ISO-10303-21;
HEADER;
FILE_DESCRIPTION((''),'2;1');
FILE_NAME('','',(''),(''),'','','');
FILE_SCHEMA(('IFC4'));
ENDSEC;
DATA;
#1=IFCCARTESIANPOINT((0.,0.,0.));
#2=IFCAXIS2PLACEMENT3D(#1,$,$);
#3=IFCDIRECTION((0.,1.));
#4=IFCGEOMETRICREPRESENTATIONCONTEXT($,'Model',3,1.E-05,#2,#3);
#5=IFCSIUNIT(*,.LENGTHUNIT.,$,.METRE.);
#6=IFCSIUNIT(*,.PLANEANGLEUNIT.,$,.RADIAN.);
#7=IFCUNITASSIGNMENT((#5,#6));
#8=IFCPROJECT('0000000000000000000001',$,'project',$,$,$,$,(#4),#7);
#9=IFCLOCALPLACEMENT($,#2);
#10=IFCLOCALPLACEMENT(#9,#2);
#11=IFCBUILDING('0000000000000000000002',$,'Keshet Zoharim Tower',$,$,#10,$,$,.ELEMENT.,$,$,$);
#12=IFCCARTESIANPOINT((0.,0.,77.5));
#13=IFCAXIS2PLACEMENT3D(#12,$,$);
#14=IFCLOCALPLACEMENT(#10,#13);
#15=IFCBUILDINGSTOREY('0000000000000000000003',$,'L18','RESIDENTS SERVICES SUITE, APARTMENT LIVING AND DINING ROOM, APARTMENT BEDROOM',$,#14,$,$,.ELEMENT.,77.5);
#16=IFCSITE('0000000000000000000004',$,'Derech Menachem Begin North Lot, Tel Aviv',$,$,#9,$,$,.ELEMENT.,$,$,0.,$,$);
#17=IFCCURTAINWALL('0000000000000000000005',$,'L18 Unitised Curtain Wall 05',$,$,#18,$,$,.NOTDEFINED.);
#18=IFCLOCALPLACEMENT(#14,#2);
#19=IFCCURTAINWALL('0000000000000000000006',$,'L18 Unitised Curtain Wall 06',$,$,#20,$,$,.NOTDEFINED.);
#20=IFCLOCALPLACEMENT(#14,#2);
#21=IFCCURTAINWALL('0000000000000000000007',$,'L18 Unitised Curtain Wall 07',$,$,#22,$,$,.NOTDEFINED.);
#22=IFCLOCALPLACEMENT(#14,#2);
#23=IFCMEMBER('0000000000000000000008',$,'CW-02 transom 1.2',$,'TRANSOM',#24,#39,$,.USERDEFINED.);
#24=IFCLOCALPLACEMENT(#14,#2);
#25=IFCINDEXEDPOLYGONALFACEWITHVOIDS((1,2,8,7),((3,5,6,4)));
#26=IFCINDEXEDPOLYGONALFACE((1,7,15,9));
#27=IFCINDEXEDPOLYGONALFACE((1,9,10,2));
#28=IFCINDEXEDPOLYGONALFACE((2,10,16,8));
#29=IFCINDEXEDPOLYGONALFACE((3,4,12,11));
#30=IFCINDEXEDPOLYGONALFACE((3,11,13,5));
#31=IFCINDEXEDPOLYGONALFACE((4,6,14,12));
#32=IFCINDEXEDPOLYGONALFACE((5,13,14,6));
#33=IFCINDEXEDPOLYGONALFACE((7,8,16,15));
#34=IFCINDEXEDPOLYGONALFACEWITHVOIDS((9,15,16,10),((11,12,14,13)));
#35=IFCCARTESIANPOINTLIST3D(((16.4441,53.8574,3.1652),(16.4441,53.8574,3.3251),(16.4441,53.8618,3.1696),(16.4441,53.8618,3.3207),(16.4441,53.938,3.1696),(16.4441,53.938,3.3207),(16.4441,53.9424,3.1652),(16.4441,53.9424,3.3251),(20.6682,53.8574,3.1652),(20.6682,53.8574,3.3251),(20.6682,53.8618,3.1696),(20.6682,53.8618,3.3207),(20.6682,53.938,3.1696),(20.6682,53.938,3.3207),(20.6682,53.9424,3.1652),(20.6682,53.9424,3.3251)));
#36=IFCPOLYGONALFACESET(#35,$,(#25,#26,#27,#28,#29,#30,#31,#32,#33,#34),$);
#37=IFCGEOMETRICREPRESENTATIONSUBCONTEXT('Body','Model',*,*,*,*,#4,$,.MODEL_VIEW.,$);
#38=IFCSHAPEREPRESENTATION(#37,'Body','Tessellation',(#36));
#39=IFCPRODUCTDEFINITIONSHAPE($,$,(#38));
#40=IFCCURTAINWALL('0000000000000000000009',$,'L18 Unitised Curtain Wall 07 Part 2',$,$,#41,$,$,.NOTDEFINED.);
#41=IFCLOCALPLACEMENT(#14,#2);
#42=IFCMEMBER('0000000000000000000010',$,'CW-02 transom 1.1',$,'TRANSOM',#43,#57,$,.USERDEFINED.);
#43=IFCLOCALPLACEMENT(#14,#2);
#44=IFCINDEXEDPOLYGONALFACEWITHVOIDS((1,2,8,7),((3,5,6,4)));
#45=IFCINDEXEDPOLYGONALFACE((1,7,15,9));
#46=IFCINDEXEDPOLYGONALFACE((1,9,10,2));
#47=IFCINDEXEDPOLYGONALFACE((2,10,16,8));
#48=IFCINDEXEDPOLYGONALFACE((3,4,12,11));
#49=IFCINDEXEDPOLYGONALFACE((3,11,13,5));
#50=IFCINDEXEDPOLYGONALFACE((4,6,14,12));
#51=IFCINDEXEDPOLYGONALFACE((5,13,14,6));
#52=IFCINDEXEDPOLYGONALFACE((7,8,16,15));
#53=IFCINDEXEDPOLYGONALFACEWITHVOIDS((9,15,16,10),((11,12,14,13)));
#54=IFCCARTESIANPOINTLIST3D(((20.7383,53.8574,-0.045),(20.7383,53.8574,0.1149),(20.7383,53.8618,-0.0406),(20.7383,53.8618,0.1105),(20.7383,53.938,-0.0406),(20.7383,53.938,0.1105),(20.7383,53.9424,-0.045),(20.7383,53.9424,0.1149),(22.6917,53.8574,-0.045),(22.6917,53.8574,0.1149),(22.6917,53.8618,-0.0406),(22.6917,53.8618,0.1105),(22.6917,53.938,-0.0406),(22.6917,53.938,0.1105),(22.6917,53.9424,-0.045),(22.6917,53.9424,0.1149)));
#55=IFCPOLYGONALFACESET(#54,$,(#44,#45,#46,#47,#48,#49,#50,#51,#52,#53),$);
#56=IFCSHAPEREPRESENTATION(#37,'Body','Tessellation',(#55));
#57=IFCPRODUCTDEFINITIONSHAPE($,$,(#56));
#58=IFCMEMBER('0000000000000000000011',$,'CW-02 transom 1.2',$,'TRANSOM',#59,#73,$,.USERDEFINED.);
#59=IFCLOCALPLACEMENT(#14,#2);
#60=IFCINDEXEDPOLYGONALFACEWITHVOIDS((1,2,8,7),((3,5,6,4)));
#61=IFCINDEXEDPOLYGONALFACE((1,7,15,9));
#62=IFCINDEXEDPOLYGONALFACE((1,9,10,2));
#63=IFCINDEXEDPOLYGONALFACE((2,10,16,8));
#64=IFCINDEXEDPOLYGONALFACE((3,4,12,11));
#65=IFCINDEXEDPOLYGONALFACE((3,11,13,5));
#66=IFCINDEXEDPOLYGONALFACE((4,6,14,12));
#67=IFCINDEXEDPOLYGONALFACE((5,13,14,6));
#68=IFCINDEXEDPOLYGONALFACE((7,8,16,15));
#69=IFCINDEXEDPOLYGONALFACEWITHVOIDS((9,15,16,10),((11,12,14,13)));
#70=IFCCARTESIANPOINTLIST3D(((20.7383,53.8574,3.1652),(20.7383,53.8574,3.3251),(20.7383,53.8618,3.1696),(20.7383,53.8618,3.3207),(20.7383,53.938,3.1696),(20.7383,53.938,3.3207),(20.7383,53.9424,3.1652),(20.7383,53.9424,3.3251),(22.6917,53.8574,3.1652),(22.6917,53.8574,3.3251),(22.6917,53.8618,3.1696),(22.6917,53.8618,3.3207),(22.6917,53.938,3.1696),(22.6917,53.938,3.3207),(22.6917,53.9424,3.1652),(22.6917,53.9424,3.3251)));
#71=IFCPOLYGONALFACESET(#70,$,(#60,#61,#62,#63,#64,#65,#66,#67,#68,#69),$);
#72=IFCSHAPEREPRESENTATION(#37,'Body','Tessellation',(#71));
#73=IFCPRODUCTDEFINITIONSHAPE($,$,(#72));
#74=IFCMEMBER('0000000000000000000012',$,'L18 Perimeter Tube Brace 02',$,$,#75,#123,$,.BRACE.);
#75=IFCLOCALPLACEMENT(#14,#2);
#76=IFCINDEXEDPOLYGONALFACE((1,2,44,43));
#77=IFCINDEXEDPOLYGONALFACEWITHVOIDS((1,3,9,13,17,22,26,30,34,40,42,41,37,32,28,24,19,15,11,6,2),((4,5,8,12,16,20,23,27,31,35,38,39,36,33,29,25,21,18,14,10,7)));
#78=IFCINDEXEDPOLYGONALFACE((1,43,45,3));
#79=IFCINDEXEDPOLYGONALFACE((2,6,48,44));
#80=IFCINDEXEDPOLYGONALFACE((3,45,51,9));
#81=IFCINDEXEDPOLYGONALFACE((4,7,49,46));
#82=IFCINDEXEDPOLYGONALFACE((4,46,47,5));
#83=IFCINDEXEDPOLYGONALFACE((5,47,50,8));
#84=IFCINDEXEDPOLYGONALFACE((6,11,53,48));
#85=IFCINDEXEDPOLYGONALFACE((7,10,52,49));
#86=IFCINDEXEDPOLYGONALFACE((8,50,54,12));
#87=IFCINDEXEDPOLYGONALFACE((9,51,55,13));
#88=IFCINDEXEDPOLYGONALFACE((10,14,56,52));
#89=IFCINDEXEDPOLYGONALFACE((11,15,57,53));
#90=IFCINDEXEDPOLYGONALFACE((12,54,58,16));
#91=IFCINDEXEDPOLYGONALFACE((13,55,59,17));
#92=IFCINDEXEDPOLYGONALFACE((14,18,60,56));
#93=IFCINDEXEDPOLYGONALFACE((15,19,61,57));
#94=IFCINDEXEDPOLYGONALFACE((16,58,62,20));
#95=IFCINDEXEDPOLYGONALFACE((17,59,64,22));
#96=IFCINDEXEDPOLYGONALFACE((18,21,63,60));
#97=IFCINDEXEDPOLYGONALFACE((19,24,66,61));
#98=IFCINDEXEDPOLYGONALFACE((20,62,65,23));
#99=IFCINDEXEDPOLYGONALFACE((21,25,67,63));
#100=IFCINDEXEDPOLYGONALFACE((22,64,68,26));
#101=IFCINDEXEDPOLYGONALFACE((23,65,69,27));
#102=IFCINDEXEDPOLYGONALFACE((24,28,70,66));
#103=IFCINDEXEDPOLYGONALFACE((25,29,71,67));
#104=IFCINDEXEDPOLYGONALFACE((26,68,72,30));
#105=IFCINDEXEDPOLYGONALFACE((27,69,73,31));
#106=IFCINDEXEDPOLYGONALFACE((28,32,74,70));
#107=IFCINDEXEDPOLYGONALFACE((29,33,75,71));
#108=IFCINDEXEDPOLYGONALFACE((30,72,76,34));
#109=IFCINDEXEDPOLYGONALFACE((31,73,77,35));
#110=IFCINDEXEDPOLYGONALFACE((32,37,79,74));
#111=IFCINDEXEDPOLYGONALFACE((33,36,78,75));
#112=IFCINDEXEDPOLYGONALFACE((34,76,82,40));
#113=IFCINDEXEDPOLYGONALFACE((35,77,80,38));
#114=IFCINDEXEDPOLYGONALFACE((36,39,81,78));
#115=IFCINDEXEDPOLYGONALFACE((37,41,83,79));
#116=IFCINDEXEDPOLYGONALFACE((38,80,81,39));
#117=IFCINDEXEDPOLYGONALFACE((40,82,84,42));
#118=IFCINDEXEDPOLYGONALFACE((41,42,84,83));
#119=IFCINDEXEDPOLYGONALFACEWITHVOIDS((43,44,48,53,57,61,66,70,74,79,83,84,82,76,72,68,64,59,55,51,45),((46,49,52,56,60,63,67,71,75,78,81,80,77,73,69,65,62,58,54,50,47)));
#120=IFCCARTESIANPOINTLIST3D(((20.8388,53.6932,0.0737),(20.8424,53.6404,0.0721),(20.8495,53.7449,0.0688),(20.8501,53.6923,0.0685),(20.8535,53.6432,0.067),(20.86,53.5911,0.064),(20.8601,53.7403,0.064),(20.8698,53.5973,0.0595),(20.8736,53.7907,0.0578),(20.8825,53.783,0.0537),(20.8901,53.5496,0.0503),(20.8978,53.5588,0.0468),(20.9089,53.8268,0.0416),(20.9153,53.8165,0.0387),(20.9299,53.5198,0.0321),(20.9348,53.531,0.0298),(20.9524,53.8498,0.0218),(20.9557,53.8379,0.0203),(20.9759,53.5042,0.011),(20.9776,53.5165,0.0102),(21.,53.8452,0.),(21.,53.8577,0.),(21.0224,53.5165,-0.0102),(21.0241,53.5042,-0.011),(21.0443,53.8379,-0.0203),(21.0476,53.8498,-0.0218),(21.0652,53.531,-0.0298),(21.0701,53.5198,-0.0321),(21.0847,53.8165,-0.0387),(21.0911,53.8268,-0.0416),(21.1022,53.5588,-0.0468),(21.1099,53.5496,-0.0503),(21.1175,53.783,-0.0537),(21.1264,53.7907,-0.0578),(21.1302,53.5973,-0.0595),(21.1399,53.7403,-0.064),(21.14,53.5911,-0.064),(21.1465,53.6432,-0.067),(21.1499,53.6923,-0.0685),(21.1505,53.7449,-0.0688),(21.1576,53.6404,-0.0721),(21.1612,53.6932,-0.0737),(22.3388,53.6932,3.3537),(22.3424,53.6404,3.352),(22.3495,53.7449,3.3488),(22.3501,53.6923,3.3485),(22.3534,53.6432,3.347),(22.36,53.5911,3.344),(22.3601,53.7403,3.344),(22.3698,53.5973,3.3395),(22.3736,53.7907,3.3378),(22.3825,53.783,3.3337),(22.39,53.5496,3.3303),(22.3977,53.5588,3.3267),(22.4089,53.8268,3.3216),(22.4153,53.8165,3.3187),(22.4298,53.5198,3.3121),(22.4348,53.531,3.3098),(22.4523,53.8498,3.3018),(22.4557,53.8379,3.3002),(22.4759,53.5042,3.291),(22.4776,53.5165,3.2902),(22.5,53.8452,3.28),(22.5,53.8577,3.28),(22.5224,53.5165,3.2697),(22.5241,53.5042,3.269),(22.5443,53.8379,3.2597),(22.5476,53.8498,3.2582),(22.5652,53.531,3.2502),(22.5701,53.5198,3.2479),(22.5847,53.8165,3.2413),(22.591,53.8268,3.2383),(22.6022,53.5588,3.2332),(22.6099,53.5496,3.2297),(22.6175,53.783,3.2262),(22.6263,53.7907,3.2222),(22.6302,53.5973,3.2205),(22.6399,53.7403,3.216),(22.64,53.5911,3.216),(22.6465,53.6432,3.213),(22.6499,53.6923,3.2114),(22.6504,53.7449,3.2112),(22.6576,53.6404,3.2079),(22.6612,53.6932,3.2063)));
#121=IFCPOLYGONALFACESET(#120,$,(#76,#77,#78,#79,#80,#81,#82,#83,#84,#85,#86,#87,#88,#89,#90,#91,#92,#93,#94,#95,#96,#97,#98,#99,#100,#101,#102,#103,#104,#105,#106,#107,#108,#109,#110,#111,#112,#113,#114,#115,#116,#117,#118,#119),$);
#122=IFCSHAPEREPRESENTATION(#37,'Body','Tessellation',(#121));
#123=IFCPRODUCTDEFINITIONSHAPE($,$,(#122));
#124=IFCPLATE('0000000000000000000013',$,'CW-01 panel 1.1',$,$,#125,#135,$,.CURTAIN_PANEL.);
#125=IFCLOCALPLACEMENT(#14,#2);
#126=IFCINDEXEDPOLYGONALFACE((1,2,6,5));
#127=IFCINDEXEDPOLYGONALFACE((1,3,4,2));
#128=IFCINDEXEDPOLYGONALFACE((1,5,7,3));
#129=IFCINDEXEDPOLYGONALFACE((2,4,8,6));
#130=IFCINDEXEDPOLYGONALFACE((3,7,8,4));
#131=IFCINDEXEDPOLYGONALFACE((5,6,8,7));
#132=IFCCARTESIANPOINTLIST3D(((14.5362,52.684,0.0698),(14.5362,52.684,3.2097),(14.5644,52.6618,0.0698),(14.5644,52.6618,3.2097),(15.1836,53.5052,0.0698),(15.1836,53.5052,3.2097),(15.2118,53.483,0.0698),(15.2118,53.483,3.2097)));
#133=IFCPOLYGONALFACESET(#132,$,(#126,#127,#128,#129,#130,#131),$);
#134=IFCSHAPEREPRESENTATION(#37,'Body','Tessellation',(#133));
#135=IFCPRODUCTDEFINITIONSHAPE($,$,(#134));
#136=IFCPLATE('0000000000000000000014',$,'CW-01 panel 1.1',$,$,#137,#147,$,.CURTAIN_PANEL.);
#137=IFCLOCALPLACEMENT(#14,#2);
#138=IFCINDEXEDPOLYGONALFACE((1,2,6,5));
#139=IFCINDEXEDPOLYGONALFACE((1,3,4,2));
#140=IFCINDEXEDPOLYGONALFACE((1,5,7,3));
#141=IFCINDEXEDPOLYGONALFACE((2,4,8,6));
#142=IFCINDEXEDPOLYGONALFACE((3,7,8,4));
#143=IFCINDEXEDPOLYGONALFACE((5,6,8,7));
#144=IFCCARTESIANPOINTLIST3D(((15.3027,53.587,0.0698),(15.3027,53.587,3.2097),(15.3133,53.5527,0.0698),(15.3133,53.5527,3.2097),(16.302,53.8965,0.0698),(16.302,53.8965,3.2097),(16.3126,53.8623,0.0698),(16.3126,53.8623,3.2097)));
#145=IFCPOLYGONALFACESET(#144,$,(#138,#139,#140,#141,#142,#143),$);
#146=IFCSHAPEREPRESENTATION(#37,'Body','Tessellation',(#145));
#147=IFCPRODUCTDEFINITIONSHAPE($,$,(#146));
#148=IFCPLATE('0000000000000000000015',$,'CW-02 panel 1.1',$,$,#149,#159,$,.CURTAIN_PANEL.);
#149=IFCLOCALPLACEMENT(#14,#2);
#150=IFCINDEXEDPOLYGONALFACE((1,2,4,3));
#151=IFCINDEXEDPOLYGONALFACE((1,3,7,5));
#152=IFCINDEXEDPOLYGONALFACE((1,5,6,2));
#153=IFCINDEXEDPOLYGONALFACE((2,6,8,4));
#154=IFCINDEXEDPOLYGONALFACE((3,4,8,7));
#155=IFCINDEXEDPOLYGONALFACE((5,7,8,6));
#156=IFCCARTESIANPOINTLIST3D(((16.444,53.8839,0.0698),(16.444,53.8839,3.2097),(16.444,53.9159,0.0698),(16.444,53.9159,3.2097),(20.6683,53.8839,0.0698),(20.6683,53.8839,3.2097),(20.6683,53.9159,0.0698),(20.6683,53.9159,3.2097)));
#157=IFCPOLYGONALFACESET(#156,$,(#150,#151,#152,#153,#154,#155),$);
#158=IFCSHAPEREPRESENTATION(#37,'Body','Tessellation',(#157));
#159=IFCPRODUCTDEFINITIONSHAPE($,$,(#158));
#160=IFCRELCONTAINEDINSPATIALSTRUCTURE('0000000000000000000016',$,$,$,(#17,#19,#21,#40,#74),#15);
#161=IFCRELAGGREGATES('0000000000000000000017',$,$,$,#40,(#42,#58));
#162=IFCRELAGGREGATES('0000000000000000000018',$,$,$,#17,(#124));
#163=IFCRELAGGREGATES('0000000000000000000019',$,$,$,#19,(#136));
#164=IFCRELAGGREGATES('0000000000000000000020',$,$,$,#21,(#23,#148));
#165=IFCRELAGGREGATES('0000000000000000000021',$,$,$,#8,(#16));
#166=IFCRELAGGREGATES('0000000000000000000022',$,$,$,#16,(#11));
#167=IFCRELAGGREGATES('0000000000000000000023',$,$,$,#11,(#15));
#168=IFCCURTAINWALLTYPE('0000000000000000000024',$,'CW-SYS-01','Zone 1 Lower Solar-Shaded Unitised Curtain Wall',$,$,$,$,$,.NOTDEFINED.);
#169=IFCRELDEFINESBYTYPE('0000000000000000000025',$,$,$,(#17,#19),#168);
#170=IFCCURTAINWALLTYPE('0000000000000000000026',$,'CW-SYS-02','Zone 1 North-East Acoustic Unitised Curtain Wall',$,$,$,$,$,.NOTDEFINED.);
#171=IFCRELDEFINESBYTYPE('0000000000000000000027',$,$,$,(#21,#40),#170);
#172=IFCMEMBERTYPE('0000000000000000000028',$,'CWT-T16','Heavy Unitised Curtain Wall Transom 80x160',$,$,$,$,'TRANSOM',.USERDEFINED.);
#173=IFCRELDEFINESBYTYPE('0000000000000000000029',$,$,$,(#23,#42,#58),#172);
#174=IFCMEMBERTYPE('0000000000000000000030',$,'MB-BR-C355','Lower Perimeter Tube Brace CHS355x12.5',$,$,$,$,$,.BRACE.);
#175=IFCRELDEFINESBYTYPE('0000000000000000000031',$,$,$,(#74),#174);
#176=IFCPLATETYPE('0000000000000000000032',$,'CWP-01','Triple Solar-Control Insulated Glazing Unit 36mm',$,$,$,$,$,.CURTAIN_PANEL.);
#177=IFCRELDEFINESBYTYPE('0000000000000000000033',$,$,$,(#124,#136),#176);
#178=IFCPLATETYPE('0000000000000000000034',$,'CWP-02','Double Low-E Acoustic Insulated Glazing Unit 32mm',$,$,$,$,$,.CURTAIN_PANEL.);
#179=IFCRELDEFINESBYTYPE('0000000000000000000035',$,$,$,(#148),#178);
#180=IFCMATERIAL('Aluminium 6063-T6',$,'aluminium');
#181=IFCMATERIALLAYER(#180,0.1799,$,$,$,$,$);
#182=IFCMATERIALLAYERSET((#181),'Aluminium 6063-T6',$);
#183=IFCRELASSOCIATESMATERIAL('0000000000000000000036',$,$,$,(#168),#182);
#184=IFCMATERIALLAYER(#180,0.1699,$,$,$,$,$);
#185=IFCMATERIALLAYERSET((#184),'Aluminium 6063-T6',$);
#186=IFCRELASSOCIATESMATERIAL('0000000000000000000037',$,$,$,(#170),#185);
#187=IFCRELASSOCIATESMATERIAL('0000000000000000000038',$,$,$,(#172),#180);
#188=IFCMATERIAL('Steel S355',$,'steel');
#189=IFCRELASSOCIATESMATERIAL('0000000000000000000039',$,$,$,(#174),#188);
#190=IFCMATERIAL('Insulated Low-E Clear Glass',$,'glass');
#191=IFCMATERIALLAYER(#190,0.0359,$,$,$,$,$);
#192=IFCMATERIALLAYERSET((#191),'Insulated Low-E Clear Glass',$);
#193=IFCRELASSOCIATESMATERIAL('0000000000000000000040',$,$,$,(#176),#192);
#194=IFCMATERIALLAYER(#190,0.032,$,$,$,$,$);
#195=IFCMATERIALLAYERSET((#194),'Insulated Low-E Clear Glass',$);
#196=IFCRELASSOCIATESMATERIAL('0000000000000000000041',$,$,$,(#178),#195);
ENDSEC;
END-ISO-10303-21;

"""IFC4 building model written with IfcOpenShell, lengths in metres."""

from ifc_helpers import new_model, si_unit, direction, frame, origin, origin_2d, place, context, subcontext, project, spatial, rectangle, hollow_rectangle, hollow_circle, extrude, material, layer, layer_set, material_profile, profile_set, type_object, element, aggregate, save


model = new_model("IFC4")

# Units and contexts
model_context = context("Model", 3, precision=1e-05, world=origin(), true_north=direction((0.0, 1.0)))
body_context = subcontext(model_context, "Body", "Model", "MODEL_VIEW")
ifc_project = project(units=[si_unit("LENGTHUNIT", "METRE"), si_unit("PLANEANGLEUNIT", "RADIAN")], contexts=[model_context])

# Site, building, storey
site_placement = place(None, origin())
site = spatial("IfcSite", under=ifc_project, at=site_placement, Name="Derech Menachem Begin North Lot, Tel Aviv", CompositionType="ELEMENT", RefElevation=0.0)
building_placement = place(site_placement, origin())
building = spatial("IfcBuilding", under=site, at=building_placement, Name="Keshet Zoharim Tower", CompositionType="ELEMENT")
storey_placement = place(building_placement, frame((0.0, 0.0, 77.5)))
storey = spatial("IfcBuildingStorey", under=building, at=storey_placement, Name="L18", Description="RESIDENTS SERVICES SUITE, APARTMENT LIVING AND DINING ROOM, APARTMENT BEDROOM", CompositionType="ELEMENT", Elevation=77.5)

# Curtain walls
ifc_material_1 = material(Name="Aluminium 6063-T6", Category="aluminium")
ifc_layer_1 = layer(ifc_material_1, 0.1799)
ifc_layer_set_1 = layer_set([ifc_layer_1], Name="Aluminium 6063-T6")
curtain_wall_type_1 = type_object("IfcCurtainWallType", Name="CW-SYS-01", Description="Zone 1 Lower Solar-Shaded Unitised Curtain Wall", PredefinedType="NOTDEFINED", material=ifc_layer_set_1)
curtain_wall_1_placement = place(storey_placement, origin())
curtain_wall_1 = element("IfcCurtainWall", 1, at=curtain_wall_1_placement, inside=storey, type_object=curtain_wall_type_1, Name="L18 Unitised Curtain Wall 05", PredefinedType="NOTDEFINED")
curtain_wall_2_placement = place(storey_placement, origin())
curtain_wall_2 = element("IfcCurtainWall", 2, at=curtain_wall_2_placement, inside=storey, type_object=curtain_wall_type_1, Name="L18 Unitised Curtain Wall 06", PredefinedType="NOTDEFINED")
ifc_layer_2 = layer(ifc_material_1, 0.1699)
ifc_layer_set_2 = layer_set([ifc_layer_2], Name="Aluminium 6063-T6")
curtain_wall_type_2 = type_object("IfcCurtainWallType", Name="CW-SYS-02", Description="Zone 1 North-East Acoustic Unitised Curtain Wall", PredefinedType="NOTDEFINED", material=ifc_layer_set_2)
curtain_wall_3_placement = place(storey_placement, origin())
curtain_wall_3 = element("IfcCurtainWall", 3, at=curtain_wall_3_placement, inside=storey, type_object=curtain_wall_type_2, Name="L18 Unitised Curtain Wall 07", PredefinedType="NOTDEFINED")

# Member
ifc_material_profile_1 = material_profile(ifc_material_1, hollow_rectangle(XDim=0.085, YDim=0.1599, WallThickness=0.0044, at=origin_2d()), Name="TRN-85x160")
ifc_profile_set_1 = profile_set([ifc_material_profile_1], Name="Aluminium 6063-T6")
member_type_1 = type_object("IfcMemberType", Name="CWT-T16", Description="Heavy Unitised Curtain Wall Transom 80x160", ElementType="TRANSOM", PredefinedType="USERDEFINED", material=ifc_profile_set_1)
member_1_placement = place(storey_placement, frame((16.4441, 53.8999, 3.2451), z_axis=(1.0, 0.0, 0.0), x_axis=(0.0, 1.0, 0.0)))
member_1 = element("IfcMember", 4, at=member_1_placement, type_object=member_type_1, Name="CW-02 transom 1.2", ObjectType="TRANSOM", PredefinedType="USERDEFINED", context=body_context, shape_type="SweptSolid", body=[
    extrude(hollow_rectangle(XDim=0.085, YDim=0.1599, WallThickness=0.0044, at=origin_2d()), origin(), (0.0, 0.0, 1.0), 4.2241),
])

# Curtain wall, members
curtain_wall_4_placement = place(storey_placement, origin())
curtain_wall_4 = element("IfcCurtainWall", 5, at=curtain_wall_4_placement, inside=storey, type_object=curtain_wall_type_2, Name="L18 Unitised Curtain Wall 07 Part 2", PredefinedType="NOTDEFINED")
member_2_placement = place(storey_placement, frame((20.7383, 53.8999, 0.0349), z_axis=(1.0, 0.0, 0.0), x_axis=(0.0, 1.0, 0.0)))
member_2 = element("IfcMember", 6, at=member_2_placement, type_object=member_type_1, Name="CW-02 transom 1.1", ObjectType="TRANSOM", PredefinedType="USERDEFINED", context=body_context, shape_type="SweptSolid", body=[
    extrude(hollow_rectangle(XDim=0.085, YDim=0.1599, WallThickness=0.0044, at=origin_2d()), origin(), (0.0, 0.0, 1.0), 1.9534),
])
member_3_placement = place(storey_placement, frame((20.7383, 53.8999, 3.2451), z_axis=(1.0, 0.0, 0.0), x_axis=(0.0, 1.0, 0.0)))
member_3 = element("IfcMember", 7, at=member_3_placement, type_object=member_type_1, Name="CW-02 transom 1.2", ObjectType="TRANSOM", PredefinedType="USERDEFINED", context=body_context, shape_type="SweptSolid", body=[
    extrude(hollow_rectangle(XDim=0.085, YDim=0.1599, WallThickness=0.0044, at=origin_2d()), origin(), (0.0, 0.0, 1.0), 1.9534),
])
aggregate(curtain_wall_4, [member_2, member_3])

# Member
ifc_material_2 = material(Name="Steel S355", Category="steel")
ifc_material_profile_2 = material_profile(ifc_material_2, hollow_circle(Radius=0.1777, WallThickness=0.0125, at=origin_2d()), Name="CHS355x12.5")
ifc_profile_set_2 = profile_set([ifc_material_profile_2], Name="Steel S355")
member_type_2 = type_object("IfcMemberType", Name="MB-BR-C355", Description="Lower Perimeter Tube Brace CHS355x12.5", PredefinedType="BRACE", material=ifc_profile_set_2)
member_4_placement = place(storey_placement, frame((21.0, 53.6799, 0.0), z_axis=(0.415888, 0.0, 0.909416), x_axis=(0.0, 1.0, 0.0)))
element("IfcMember", 8, at=member_4_placement, inside=storey, type_object=member_type_2, Name="L18 Perimeter Tube Brace 02", PredefinedType="BRACE", context=body_context, shape_type="SweptSolid", body=[
    extrude(hollow_circle(Radius=0.1777, WallThickness=0.0125, at=origin_2d()), origin(), (0.0, 0.0, 1.0), 3.6067),
])

# Plates
ifc_material_3 = material(Name="Insulated Low-E Clear Glass", Category="glass")
ifc_layer_3 = layer(ifc_material_3, 0.0359)
ifc_layer_set_3 = layer_set([ifc_layer_3], Name="Insulated Low-E Clear Glass")
plate_type_1 = type_object("IfcPlateType", Name="CWP-01", Description="Triple Solar-Control Insulated Glazing Unit 36mm", PredefinedType="CURTAIN_PANEL", material=ifc_layer_set_3)
plate_1_placement = place(storey_placement, frame((14.874, 53.0835, 0.0698), z_axis=(0.0, 0.0, 1.0), x_axis=(0.619125, 0.785293, 0.0)))
plate_1 = element("IfcPlate", 9, at=plate_1_placement, type_object=plate_type_1, Name="CW-01 panel 1.1", PredefinedType="CURTAIN_PANEL", context=body_context, shape_type="SweptSolid", body=[
    extrude(rectangle(XDim=1.0457, YDim=0.0359, at=origin_2d()), origin(), (0.0, 0.0, 1.0), 3.1399),
])
aggregate(curtain_wall_1, [plate_1])
plate_2_placement = place(storey_placement, frame((15.8076, 53.7246, 0.0698), z_axis=(0.0, 0.0, 1.0), x_axis=(0.955212, 0.295922, 0.0)))
plate_2 = element("IfcPlate", 10, at=plate_2_placement, type_object=plate_type_1, Name="CW-01 panel 1.1", PredefinedType="CURTAIN_PANEL", context=body_context, shape_type="SweptSolid", body=[
    extrude(rectangle(XDim=1.0461, YDim=0.0359, at=origin_2d()), origin(), (0.0, 0.0, 1.0), 3.1399),
])
aggregate(curtain_wall_2, [plate_2])
ifc_layer_4 = layer(ifc_material_3, 0.032)
ifc_layer_set_4 = layer_set([ifc_layer_4], Name="Insulated Low-E Clear Glass")
plate_type_2 = type_object("IfcPlateType", Name="CWP-02", Description="Double Low-E Acoustic Insulated Glazing Unit 32mm", PredefinedType="CURTAIN_PANEL", material=ifc_layer_set_4)
plate_3_placement = place(storey_placement, frame((18.5562, 53.8999, 0.0698), z_axis=(0.0, 0.0, 1.0), x_axis=(1.0, 0.0, 0.0)))
plate_3 = element("IfcPlate", 11, at=plate_3_placement, type_object=plate_type_2, Name="CW-02 panel 1.1", PredefinedType="CURTAIN_PANEL", context=body_context, shape_type="SweptSolid", body=[
    extrude(rectangle(XDim=4.2244, YDim=0.032, at=origin_2d()), origin(), (0.0, 0.0, 1.0), 3.1399),
])
aggregate(curtain_wall_3, [member_1, plate_3])

save(model, "model.ifc")
